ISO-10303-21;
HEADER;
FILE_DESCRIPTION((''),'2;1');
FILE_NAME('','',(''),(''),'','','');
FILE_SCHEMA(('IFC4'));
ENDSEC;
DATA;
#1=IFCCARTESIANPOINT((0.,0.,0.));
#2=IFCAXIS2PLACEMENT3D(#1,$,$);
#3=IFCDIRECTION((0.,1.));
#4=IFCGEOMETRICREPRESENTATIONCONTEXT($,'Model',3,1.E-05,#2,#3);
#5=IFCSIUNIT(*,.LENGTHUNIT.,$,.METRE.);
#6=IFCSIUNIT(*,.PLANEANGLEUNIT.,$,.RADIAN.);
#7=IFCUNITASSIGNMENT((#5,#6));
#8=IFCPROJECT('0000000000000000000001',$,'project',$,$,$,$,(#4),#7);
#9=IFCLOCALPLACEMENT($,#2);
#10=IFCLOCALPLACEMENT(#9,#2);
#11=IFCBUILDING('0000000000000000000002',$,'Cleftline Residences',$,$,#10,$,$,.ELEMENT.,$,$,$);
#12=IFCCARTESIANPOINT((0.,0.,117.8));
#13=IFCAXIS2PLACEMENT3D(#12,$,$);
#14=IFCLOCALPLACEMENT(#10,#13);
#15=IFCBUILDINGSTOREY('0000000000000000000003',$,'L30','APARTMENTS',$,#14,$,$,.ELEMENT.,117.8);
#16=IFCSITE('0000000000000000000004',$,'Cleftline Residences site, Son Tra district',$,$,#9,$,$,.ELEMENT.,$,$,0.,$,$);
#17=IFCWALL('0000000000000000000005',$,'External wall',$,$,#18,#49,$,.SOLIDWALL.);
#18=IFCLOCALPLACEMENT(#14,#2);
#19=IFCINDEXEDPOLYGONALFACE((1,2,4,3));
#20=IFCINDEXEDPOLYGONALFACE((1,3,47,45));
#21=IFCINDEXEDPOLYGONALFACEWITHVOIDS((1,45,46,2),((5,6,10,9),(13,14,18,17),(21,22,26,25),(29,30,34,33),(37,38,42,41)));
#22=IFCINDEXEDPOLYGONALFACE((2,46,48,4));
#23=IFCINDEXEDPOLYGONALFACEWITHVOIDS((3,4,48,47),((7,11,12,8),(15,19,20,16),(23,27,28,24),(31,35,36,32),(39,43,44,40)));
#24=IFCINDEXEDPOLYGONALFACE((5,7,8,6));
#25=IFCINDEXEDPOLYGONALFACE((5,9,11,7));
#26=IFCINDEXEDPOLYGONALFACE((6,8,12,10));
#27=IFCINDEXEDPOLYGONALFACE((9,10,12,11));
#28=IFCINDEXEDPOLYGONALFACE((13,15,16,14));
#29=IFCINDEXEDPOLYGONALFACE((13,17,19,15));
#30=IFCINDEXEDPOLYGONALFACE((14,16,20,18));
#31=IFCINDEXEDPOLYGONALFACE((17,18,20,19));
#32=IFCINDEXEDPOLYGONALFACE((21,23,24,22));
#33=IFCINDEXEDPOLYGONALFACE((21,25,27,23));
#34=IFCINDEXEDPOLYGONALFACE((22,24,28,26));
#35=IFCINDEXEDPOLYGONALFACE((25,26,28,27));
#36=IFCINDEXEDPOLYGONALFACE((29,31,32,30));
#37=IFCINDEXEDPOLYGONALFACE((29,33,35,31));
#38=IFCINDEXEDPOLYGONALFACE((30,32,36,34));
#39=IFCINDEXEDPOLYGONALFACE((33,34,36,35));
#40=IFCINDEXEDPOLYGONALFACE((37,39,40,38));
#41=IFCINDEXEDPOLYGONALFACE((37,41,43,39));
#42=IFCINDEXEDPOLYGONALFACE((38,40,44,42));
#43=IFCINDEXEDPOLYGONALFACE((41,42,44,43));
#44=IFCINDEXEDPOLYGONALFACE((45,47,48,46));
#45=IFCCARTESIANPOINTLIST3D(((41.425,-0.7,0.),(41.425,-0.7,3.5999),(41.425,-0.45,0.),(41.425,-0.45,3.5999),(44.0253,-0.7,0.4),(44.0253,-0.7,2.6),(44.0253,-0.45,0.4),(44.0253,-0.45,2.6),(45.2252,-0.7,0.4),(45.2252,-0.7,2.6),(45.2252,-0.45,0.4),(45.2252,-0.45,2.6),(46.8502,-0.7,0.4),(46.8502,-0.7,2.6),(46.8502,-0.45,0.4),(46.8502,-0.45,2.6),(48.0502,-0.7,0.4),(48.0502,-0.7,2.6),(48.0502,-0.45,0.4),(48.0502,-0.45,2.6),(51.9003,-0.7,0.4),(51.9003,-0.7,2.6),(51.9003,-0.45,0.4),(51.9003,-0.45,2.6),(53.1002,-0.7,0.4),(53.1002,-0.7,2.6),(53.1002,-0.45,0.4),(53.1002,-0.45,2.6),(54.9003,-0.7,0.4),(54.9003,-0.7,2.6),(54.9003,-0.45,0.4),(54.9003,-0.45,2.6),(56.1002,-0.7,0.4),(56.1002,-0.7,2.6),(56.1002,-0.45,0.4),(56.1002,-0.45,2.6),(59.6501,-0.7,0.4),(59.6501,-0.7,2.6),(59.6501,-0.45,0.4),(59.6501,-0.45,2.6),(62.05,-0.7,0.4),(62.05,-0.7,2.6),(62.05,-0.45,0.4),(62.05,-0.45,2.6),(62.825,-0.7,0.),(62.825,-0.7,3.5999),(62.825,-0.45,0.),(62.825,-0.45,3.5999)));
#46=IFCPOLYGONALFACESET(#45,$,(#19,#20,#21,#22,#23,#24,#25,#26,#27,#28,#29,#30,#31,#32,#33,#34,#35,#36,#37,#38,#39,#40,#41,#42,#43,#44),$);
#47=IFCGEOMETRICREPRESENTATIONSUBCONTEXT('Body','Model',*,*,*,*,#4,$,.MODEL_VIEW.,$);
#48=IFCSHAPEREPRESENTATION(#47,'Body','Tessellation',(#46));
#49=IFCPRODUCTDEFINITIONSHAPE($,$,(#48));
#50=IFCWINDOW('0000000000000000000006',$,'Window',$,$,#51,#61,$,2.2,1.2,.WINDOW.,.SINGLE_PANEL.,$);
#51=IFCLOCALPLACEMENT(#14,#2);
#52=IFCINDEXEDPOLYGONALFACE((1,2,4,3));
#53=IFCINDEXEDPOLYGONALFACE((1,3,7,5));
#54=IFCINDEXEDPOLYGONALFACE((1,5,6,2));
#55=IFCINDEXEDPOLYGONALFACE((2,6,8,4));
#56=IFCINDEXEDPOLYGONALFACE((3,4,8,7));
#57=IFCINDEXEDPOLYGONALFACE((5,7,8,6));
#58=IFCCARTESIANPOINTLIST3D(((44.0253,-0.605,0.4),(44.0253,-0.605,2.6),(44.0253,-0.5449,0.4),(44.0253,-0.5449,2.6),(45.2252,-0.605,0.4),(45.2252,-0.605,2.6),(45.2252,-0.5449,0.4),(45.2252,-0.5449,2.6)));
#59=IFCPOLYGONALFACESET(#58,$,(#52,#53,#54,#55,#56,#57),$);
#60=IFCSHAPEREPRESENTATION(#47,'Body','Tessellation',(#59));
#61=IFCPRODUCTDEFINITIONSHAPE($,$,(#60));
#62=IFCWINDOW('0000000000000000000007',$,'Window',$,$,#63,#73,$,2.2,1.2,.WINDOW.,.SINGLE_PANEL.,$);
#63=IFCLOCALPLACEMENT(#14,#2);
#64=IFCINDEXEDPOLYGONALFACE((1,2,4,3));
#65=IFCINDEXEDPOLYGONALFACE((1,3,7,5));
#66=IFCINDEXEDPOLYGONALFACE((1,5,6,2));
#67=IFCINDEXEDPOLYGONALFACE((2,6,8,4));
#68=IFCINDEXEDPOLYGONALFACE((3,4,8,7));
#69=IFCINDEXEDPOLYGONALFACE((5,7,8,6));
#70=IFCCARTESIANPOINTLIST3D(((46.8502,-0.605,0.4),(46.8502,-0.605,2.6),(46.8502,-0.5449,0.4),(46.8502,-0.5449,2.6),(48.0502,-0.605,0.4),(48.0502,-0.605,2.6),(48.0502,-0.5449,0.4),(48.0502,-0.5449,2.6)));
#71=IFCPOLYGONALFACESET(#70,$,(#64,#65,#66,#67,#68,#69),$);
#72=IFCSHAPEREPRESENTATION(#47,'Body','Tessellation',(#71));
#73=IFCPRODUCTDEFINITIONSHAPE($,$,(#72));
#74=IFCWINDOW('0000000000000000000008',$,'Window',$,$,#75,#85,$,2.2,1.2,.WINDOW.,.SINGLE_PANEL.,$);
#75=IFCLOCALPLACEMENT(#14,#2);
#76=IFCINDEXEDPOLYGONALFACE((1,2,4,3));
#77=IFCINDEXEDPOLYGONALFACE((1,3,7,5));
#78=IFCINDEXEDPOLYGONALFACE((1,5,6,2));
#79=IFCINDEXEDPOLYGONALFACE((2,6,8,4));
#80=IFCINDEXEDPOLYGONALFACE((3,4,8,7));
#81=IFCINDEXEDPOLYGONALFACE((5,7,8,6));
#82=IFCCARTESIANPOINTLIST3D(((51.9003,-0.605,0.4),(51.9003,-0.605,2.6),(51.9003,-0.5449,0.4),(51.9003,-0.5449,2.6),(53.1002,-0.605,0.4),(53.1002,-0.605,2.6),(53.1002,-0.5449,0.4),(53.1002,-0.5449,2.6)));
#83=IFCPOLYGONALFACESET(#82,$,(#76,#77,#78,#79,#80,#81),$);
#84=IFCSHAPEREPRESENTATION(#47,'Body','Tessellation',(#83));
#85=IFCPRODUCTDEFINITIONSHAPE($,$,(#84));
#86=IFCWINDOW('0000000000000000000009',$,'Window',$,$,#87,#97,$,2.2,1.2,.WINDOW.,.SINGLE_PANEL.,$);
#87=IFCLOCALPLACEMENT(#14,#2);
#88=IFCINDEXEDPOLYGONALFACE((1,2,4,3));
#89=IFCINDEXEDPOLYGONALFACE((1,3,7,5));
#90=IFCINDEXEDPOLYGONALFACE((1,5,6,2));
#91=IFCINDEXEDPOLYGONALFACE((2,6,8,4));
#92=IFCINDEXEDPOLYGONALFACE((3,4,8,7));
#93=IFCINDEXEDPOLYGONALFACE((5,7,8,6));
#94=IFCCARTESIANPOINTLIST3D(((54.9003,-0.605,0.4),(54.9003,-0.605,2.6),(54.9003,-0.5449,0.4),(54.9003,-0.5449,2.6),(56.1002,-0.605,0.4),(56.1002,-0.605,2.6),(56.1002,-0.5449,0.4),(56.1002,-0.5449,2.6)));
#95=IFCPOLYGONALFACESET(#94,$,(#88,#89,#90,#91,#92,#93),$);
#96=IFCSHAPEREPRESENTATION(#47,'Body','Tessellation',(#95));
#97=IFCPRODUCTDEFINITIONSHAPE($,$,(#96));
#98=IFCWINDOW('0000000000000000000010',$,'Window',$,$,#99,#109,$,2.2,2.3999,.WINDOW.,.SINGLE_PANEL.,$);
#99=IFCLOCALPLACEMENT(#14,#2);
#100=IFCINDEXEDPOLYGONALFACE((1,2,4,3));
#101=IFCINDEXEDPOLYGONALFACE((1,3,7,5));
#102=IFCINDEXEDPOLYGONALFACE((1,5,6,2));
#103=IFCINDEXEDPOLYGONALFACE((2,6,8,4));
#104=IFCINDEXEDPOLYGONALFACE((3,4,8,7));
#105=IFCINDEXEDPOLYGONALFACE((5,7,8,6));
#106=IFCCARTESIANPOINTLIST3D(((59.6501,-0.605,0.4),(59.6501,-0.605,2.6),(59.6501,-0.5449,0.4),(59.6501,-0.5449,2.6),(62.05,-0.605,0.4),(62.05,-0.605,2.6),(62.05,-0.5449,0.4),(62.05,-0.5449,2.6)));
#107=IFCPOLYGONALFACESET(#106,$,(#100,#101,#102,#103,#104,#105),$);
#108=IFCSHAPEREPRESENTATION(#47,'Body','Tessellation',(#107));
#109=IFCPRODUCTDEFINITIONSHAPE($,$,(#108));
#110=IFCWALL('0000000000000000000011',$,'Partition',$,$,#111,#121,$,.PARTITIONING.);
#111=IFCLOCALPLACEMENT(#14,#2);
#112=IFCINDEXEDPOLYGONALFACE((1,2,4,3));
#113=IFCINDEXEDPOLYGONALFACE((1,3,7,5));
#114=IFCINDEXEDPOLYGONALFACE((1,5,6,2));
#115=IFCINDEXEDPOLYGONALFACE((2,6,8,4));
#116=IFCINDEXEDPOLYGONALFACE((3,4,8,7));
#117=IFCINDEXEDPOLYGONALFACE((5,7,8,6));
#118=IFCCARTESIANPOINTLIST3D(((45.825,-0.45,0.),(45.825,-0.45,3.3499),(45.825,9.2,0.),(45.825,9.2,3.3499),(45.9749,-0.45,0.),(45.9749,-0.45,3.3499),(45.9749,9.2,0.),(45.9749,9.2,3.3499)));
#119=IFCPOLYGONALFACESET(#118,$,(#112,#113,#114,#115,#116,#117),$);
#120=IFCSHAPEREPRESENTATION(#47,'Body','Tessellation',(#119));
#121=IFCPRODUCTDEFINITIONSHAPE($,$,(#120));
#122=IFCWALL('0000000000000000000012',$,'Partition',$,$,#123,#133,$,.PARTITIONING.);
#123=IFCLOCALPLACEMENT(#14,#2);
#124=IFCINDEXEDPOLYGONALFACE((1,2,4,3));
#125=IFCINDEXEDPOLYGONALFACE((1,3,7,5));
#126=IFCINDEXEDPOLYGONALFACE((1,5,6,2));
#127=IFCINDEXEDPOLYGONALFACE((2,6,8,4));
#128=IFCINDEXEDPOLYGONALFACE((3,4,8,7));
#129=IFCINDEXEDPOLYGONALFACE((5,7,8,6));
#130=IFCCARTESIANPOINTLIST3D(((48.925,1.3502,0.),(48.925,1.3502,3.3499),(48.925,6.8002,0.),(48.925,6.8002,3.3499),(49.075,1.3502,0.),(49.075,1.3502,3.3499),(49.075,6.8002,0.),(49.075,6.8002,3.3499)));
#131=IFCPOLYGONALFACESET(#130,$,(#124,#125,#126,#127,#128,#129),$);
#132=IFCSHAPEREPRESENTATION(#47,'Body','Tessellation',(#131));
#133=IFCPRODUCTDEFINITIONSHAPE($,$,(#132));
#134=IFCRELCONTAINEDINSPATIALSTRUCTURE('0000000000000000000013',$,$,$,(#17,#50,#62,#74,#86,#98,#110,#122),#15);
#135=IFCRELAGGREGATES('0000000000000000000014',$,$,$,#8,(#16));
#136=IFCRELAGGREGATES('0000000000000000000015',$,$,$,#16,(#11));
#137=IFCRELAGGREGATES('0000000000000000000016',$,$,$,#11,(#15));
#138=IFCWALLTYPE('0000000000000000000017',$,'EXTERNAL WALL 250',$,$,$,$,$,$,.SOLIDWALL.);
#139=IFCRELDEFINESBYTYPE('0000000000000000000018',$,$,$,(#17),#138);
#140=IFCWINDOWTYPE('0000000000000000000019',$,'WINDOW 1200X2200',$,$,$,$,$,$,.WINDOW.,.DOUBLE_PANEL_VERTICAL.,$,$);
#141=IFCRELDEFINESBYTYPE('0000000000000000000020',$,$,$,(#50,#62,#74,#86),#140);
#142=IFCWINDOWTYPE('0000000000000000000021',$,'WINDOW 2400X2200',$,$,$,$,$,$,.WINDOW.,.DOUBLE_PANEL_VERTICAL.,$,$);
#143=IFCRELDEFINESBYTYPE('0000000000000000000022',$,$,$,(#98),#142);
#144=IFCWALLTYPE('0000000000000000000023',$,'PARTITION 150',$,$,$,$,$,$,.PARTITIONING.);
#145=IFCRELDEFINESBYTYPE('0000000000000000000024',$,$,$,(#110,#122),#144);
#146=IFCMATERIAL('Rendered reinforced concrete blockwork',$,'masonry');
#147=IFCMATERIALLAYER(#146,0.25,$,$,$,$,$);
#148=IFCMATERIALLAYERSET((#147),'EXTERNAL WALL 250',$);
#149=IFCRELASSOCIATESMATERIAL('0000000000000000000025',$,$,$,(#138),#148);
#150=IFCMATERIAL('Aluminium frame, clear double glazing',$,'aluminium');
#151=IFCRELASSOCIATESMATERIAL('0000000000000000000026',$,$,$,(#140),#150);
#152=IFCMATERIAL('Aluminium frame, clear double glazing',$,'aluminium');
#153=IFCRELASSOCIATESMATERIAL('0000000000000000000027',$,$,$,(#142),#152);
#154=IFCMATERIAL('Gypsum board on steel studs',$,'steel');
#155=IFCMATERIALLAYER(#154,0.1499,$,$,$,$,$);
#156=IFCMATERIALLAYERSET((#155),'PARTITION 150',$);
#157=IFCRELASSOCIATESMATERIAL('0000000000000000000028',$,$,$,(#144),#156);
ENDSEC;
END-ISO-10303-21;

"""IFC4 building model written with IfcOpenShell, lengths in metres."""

from ifc_helpers import new_model, si_unit, direction, frame, frame_2d, origin, place, context, subcontext, project, spatial, rectangle, extrude, material, layer, layer_set, type_object, element, fill, save


model = new_model("IFC4")

# Units and contexts
model_context = context("Model", 3, precision=1e-05, world=origin(), true_north=direction((0.0, 1.0)))
body_context = subcontext(model_context, "Body", "Model", "MODEL_VIEW")
ifc_project = project(units=[si_unit("LENGTHUNIT", "METRE"), si_unit("PLANEANGLEUNIT", "RADIAN")], contexts=[model_context])

# Site, building, storey
site_placement = place(None, origin())
site = spatial("IfcSite", under=ifc_project, at=site_placement, Name="Cleftline Residences site, Son Tra district", CompositionType="ELEMENT", RefElevation=0.0)
building_placement = place(site_placement, origin())
building = spatial("IfcBuilding", under=site, at=building_placement, Name="Cleftline Residences", CompositionType="ELEMENT")
storey_placement = place(building_placement, frame((0.0, 0.0, 117.8)))
storey = spatial("IfcBuildingStorey", under=building, at=storey_placement, Name="L30", Description="APARTMENTS", CompositionType="ELEMENT", Elevation=117.8)

# Wall, openings, windows
ifc_material_1 = material(Name="Rendered reinforced concrete blockwork", Category="masonry")
ifc_layer_1 = layer(ifc_material_1, 0.25)
ifc_layer_set_1 = layer_set([ifc_layer_1], Name="EXTERNAL WALL 250")
wall_type_1 = type_object("IfcWallType", Name="EXTERNAL WALL 250", PredefinedType="SOLIDWALL", material=ifc_layer_set_1)
wall_1_placement = place(storey_placement, frame((41.425, -0.575, 0.0), z_axis=(0.0, 0.0, 1.0), x_axis=(1.0, 0.0, 0.0)))
wall_1 = element("IfcWall", 1, at=wall_1_placement, inside=storey, type_object=wall_type_1, Name="External wall", PredefinedType="SOLIDWALL", context=body_context, shape_type="SweptSolid", body=[
    extrude(rectangle(XDim=21.3999, YDim=0.25, at=frame_2d((10.7, 0.0))), origin(), (0.0, 0.0, 1.0), 3.5999),
])
opening_1_placement = place(wall_1_placement, frame((2.6001, 0.0, 0.3999)))
opening_1 = element("IfcOpeningElement", 2, at=opening_1_placement, cuts=wall_1, PredefinedType="OPENING", context=body_context, shape_type="SweptSolid", body=[
    extrude(rectangle(XDim=1.2, YDim=2.2, at=frame_2d((0.6001, 1.1001))), frame((0.0, 0.135, 0.0), z_axis=(0.0, -1.0, 0.0), x_axis=(1.0, 0.0, 0.0)), (0.0, 0.0, 1.0), 0.27),
])
opening_2_placement = place(wall_1_placement, frame((5.425, 0.0, 0.3999)))
opening_2 = element("IfcOpeningElement", 3, at=opening_2_placement, cuts=wall_1, PredefinedType="OPENING", context=body_context, shape_type="SweptSolid", body=[
    extrude(rectangle(XDim=1.2, YDim=2.2, at=frame_2d((0.6001, 1.1001))), frame((0.0, 0.135, 0.0), z_axis=(0.0, -1.0, 0.0), x_axis=(1.0, 0.0, 0.0)), (0.0, 0.0, 1.0), 0.27),
])
opening_3_placement = place(wall_1_placement, frame((10.4751, 0.0, 0.3999)))
opening_3 = element("IfcOpeningElement", 4, at=opening_3_placement, cuts=wall_1, PredefinedType="OPENING", context=body_context, shape_type="SweptSolid", body=[
    extrude(rectangle(XDim=1.2, YDim=2.2, at=frame_2d((0.6001, 1.1001))), frame((0.0, 0.135, 0.0), z_axis=(0.0, -1.0, 0.0), x_axis=(1.0, 0.0, 0.0)), (0.0, 0.0, 1.0), 0.27),
])
opening_4_placement = place(wall_1_placement, frame((13.4751, 0.0, 0.3999)))
opening_4 = element("IfcOpeningElement", 5, at=opening_4_placement, cuts=wall_1, PredefinedType="OPENING", context=body_context, shape_type="SweptSolid", body=[
    extrude(rectangle(XDim=1.2, YDim=2.2, at=frame_2d((0.6001, 1.1001))), frame((0.0, 0.135, 0.0), z_axis=(0.0, -1.0, 0.0), x_axis=(1.0, 0.0, 0.0)), (0.0, 0.0, 1.0), 0.27),
])
opening_5_placement = place(wall_1_placement, frame((18.2251, 0.0, 0.3999)))
opening_5 = element("IfcOpeningElement", 6, at=opening_5_placement, cuts=wall_1, PredefinedType="OPENING", context=body_context, shape_type="SweptSolid", body=[
    extrude(rectangle(XDim=2.3999, YDim=2.2, at=frame_2d((1.2, 1.1001))), frame((0.0, 0.135, 0.0), z_axis=(0.0, -1.0, 0.0), x_axis=(1.0, 0.0, 0.0)), (0.0, 0.0, 1.0), 0.27),
])
ifc_material_2 = material(Name="Aluminium frame, clear double glazing", Category="aluminium")
window_type_1 = type_object("IfcWindowType", Name="WINDOW 1200X2200", PartitioningType="DOUBLE_PANEL_VERTICAL", PredefinedType="WINDOW", material=ifc_material_2)
window_1_placement = place(opening_1_placement, origin())
window_1 = element("IfcWindow", 7, at=window_1_placement, inside=storey, type_object=window_type_1, Name="Window", OverallHeight=2.2, OverallWidth=1.2, PartitioningType="SINGLE_PANEL", PredefinedType="WINDOW", context=body_context, shape_type="SweptSolid", body=[
    extrude(rectangle(XDim=1.2, YDim=2.2, at=frame_2d((0.6001, 1.1001))), frame((0.0, 0.03, 0.0), z_axis=(0.0, -1.0, 0.0), x_axis=(1.0, 0.0, 0.0)), (0.0, 0.0, 1.0), 0.0601),
])
fill(opening_1, window_1)
window_2_placement = place(opening_2_placement, origin())
window_2 = element("IfcWindow", 8, at=window_2_placement, inside=storey, type_object=window_type_1, Name="Window", OverallHeight=2.2, OverallWidth=1.2, PartitioningType="SINGLE_PANEL", PredefinedType="WINDOW", context=body_context, shape_type="SweptSolid", body=[
    extrude(rectangle(XDim=1.2, YDim=2.2, at=frame_2d((0.6001, 1.1001))), frame((0.0, 0.03, 0.0), z_axis=(0.0, -1.0, 0.0), x_axis=(1.0, 0.0, 0.0)), (0.0, 0.0, 1.0), 0.0601),
])
fill(opening_2, window_2)
window_3_placement = place(opening_3_placement, origin())
window_3 = element("IfcWindow", 9, at=window_3_placement, inside=storey, type_object=window_type_1, Name="Window", OverallHeight=2.2, OverallWidth=1.2, PartitioningType="SINGLE_PANEL", PredefinedType="WINDOW", context=body_context, shape_type="SweptSolid", body=[
    extrude(rectangle(XDim=1.2, YDim=2.2, at=frame_2d((0.6001, 1.1001))), frame((0.0, 0.03, 0.0), z_axis=(0.0, -1.0, 0.0), x_axis=(1.0, 0.0, 0.0)), (0.0, 0.0, 1.0), 0.0601),
])
fill(opening_3, window_3)
window_4_placement = place(opening_4_placement, origin())
window_4 = element("IfcWindow", 10, at=window_4_placement, inside=storey, type_object=window_type_1, Name="Window", OverallHeight=2.2, OverallWidth=1.2, PartitioningType="SINGLE_PANEL", PredefinedType="WINDOW", context=body_context, shape_type="SweptSolid", body=[
    extrude(rectangle(XDim=1.2, YDim=2.2, at=frame_2d((0.6001, 1.1001))), frame((0.0, 0.03, 0.0), z_axis=(0.0, -1.0, 0.0), x_axis=(1.0, 0.0, 0.0)), (0.0, 0.0, 1.0), 0.0601),
])
fill(opening_4, window_4)
ifc_material_3 = material(Name="Aluminium frame, clear double glazing", Category="aluminium")
window_type_2 = type_object("IfcWindowType", Name="WINDOW 2400X2200", PartitioningType="DOUBLE_PANEL_VERTICAL", PredefinedType="WINDOW", material=ifc_material_3)
window_5_placement = place(opening_5_placement, origin())
window_5 = element("IfcWindow", 11, at=window_5_placement, inside=storey, type_object=window_type_2, Name="Window", OverallHeight=2.2, OverallWidth=2.3999, PartitioningType="SINGLE_PANEL", PredefinedType="WINDOW", context=body_context, shape_type="SweptSolid", body=[
    extrude(rectangle(XDim=2.3999, YDim=2.2, at=frame_2d((1.2, 1.1001))), frame((0.0, 0.03, 0.0), z_axis=(0.0, -1.0, 0.0), x_axis=(1.0, 0.0, 0.0)), (0.0, 0.0, 1.0), 0.0601),
])
fill(opening_5, window_5)

# Walls
ifc_material_4 = material(Name="Gypsum board on steel studs", Category="steel")
ifc_layer_2 = layer(ifc_material_4, 0.1499)
ifc_layer_set_2 = layer_set([ifc_layer_2], Name="PARTITION 150")
wall_type_2 = type_object("IfcWallType", Name="PARTITION 150", PredefinedType="PARTITIONING", material=ifc_layer_set_2)
wall_2_placement = place(storey_placement, frame((45.8999, -0.45, 0.0), z_axis=(0.0, 0.0, 1.0), x_axis=(0.0, 1.0, 0.0)))
element("IfcWall", 12, at=wall_2_placement, inside=storey, type_object=wall_type_2, Name="Partition", PredefinedType="PARTITIONING", context=body_context, shape_type="SweptSolid", body=[
    extrude(rectangle(XDim=9.6499, YDim=0.1499, at=frame_2d((4.825, 0.0))), origin(), (0.0, 0.0, 1.0), 3.3499),
])
wall_3_placement = place(storey_placement, frame((49.0, 1.3501, 0.0), z_axis=(0.0, 0.0, 1.0), x_axis=(0.0, 1.0, 0.0)))
element("IfcWall", 13, at=wall_3_placement, inside=storey, type_object=wall_type_2, Name="Partition", PredefinedType="PARTITIONING", context=body_context, shape_type="SweptSolid", body=[
    extrude(rectangle(XDim=5.45, YDim=0.1499, at=frame_2d((2.7251, 0.0))), origin(), (0.0, 0.0, 1.0), 3.3499),
])

save(model, "model.ifc")
